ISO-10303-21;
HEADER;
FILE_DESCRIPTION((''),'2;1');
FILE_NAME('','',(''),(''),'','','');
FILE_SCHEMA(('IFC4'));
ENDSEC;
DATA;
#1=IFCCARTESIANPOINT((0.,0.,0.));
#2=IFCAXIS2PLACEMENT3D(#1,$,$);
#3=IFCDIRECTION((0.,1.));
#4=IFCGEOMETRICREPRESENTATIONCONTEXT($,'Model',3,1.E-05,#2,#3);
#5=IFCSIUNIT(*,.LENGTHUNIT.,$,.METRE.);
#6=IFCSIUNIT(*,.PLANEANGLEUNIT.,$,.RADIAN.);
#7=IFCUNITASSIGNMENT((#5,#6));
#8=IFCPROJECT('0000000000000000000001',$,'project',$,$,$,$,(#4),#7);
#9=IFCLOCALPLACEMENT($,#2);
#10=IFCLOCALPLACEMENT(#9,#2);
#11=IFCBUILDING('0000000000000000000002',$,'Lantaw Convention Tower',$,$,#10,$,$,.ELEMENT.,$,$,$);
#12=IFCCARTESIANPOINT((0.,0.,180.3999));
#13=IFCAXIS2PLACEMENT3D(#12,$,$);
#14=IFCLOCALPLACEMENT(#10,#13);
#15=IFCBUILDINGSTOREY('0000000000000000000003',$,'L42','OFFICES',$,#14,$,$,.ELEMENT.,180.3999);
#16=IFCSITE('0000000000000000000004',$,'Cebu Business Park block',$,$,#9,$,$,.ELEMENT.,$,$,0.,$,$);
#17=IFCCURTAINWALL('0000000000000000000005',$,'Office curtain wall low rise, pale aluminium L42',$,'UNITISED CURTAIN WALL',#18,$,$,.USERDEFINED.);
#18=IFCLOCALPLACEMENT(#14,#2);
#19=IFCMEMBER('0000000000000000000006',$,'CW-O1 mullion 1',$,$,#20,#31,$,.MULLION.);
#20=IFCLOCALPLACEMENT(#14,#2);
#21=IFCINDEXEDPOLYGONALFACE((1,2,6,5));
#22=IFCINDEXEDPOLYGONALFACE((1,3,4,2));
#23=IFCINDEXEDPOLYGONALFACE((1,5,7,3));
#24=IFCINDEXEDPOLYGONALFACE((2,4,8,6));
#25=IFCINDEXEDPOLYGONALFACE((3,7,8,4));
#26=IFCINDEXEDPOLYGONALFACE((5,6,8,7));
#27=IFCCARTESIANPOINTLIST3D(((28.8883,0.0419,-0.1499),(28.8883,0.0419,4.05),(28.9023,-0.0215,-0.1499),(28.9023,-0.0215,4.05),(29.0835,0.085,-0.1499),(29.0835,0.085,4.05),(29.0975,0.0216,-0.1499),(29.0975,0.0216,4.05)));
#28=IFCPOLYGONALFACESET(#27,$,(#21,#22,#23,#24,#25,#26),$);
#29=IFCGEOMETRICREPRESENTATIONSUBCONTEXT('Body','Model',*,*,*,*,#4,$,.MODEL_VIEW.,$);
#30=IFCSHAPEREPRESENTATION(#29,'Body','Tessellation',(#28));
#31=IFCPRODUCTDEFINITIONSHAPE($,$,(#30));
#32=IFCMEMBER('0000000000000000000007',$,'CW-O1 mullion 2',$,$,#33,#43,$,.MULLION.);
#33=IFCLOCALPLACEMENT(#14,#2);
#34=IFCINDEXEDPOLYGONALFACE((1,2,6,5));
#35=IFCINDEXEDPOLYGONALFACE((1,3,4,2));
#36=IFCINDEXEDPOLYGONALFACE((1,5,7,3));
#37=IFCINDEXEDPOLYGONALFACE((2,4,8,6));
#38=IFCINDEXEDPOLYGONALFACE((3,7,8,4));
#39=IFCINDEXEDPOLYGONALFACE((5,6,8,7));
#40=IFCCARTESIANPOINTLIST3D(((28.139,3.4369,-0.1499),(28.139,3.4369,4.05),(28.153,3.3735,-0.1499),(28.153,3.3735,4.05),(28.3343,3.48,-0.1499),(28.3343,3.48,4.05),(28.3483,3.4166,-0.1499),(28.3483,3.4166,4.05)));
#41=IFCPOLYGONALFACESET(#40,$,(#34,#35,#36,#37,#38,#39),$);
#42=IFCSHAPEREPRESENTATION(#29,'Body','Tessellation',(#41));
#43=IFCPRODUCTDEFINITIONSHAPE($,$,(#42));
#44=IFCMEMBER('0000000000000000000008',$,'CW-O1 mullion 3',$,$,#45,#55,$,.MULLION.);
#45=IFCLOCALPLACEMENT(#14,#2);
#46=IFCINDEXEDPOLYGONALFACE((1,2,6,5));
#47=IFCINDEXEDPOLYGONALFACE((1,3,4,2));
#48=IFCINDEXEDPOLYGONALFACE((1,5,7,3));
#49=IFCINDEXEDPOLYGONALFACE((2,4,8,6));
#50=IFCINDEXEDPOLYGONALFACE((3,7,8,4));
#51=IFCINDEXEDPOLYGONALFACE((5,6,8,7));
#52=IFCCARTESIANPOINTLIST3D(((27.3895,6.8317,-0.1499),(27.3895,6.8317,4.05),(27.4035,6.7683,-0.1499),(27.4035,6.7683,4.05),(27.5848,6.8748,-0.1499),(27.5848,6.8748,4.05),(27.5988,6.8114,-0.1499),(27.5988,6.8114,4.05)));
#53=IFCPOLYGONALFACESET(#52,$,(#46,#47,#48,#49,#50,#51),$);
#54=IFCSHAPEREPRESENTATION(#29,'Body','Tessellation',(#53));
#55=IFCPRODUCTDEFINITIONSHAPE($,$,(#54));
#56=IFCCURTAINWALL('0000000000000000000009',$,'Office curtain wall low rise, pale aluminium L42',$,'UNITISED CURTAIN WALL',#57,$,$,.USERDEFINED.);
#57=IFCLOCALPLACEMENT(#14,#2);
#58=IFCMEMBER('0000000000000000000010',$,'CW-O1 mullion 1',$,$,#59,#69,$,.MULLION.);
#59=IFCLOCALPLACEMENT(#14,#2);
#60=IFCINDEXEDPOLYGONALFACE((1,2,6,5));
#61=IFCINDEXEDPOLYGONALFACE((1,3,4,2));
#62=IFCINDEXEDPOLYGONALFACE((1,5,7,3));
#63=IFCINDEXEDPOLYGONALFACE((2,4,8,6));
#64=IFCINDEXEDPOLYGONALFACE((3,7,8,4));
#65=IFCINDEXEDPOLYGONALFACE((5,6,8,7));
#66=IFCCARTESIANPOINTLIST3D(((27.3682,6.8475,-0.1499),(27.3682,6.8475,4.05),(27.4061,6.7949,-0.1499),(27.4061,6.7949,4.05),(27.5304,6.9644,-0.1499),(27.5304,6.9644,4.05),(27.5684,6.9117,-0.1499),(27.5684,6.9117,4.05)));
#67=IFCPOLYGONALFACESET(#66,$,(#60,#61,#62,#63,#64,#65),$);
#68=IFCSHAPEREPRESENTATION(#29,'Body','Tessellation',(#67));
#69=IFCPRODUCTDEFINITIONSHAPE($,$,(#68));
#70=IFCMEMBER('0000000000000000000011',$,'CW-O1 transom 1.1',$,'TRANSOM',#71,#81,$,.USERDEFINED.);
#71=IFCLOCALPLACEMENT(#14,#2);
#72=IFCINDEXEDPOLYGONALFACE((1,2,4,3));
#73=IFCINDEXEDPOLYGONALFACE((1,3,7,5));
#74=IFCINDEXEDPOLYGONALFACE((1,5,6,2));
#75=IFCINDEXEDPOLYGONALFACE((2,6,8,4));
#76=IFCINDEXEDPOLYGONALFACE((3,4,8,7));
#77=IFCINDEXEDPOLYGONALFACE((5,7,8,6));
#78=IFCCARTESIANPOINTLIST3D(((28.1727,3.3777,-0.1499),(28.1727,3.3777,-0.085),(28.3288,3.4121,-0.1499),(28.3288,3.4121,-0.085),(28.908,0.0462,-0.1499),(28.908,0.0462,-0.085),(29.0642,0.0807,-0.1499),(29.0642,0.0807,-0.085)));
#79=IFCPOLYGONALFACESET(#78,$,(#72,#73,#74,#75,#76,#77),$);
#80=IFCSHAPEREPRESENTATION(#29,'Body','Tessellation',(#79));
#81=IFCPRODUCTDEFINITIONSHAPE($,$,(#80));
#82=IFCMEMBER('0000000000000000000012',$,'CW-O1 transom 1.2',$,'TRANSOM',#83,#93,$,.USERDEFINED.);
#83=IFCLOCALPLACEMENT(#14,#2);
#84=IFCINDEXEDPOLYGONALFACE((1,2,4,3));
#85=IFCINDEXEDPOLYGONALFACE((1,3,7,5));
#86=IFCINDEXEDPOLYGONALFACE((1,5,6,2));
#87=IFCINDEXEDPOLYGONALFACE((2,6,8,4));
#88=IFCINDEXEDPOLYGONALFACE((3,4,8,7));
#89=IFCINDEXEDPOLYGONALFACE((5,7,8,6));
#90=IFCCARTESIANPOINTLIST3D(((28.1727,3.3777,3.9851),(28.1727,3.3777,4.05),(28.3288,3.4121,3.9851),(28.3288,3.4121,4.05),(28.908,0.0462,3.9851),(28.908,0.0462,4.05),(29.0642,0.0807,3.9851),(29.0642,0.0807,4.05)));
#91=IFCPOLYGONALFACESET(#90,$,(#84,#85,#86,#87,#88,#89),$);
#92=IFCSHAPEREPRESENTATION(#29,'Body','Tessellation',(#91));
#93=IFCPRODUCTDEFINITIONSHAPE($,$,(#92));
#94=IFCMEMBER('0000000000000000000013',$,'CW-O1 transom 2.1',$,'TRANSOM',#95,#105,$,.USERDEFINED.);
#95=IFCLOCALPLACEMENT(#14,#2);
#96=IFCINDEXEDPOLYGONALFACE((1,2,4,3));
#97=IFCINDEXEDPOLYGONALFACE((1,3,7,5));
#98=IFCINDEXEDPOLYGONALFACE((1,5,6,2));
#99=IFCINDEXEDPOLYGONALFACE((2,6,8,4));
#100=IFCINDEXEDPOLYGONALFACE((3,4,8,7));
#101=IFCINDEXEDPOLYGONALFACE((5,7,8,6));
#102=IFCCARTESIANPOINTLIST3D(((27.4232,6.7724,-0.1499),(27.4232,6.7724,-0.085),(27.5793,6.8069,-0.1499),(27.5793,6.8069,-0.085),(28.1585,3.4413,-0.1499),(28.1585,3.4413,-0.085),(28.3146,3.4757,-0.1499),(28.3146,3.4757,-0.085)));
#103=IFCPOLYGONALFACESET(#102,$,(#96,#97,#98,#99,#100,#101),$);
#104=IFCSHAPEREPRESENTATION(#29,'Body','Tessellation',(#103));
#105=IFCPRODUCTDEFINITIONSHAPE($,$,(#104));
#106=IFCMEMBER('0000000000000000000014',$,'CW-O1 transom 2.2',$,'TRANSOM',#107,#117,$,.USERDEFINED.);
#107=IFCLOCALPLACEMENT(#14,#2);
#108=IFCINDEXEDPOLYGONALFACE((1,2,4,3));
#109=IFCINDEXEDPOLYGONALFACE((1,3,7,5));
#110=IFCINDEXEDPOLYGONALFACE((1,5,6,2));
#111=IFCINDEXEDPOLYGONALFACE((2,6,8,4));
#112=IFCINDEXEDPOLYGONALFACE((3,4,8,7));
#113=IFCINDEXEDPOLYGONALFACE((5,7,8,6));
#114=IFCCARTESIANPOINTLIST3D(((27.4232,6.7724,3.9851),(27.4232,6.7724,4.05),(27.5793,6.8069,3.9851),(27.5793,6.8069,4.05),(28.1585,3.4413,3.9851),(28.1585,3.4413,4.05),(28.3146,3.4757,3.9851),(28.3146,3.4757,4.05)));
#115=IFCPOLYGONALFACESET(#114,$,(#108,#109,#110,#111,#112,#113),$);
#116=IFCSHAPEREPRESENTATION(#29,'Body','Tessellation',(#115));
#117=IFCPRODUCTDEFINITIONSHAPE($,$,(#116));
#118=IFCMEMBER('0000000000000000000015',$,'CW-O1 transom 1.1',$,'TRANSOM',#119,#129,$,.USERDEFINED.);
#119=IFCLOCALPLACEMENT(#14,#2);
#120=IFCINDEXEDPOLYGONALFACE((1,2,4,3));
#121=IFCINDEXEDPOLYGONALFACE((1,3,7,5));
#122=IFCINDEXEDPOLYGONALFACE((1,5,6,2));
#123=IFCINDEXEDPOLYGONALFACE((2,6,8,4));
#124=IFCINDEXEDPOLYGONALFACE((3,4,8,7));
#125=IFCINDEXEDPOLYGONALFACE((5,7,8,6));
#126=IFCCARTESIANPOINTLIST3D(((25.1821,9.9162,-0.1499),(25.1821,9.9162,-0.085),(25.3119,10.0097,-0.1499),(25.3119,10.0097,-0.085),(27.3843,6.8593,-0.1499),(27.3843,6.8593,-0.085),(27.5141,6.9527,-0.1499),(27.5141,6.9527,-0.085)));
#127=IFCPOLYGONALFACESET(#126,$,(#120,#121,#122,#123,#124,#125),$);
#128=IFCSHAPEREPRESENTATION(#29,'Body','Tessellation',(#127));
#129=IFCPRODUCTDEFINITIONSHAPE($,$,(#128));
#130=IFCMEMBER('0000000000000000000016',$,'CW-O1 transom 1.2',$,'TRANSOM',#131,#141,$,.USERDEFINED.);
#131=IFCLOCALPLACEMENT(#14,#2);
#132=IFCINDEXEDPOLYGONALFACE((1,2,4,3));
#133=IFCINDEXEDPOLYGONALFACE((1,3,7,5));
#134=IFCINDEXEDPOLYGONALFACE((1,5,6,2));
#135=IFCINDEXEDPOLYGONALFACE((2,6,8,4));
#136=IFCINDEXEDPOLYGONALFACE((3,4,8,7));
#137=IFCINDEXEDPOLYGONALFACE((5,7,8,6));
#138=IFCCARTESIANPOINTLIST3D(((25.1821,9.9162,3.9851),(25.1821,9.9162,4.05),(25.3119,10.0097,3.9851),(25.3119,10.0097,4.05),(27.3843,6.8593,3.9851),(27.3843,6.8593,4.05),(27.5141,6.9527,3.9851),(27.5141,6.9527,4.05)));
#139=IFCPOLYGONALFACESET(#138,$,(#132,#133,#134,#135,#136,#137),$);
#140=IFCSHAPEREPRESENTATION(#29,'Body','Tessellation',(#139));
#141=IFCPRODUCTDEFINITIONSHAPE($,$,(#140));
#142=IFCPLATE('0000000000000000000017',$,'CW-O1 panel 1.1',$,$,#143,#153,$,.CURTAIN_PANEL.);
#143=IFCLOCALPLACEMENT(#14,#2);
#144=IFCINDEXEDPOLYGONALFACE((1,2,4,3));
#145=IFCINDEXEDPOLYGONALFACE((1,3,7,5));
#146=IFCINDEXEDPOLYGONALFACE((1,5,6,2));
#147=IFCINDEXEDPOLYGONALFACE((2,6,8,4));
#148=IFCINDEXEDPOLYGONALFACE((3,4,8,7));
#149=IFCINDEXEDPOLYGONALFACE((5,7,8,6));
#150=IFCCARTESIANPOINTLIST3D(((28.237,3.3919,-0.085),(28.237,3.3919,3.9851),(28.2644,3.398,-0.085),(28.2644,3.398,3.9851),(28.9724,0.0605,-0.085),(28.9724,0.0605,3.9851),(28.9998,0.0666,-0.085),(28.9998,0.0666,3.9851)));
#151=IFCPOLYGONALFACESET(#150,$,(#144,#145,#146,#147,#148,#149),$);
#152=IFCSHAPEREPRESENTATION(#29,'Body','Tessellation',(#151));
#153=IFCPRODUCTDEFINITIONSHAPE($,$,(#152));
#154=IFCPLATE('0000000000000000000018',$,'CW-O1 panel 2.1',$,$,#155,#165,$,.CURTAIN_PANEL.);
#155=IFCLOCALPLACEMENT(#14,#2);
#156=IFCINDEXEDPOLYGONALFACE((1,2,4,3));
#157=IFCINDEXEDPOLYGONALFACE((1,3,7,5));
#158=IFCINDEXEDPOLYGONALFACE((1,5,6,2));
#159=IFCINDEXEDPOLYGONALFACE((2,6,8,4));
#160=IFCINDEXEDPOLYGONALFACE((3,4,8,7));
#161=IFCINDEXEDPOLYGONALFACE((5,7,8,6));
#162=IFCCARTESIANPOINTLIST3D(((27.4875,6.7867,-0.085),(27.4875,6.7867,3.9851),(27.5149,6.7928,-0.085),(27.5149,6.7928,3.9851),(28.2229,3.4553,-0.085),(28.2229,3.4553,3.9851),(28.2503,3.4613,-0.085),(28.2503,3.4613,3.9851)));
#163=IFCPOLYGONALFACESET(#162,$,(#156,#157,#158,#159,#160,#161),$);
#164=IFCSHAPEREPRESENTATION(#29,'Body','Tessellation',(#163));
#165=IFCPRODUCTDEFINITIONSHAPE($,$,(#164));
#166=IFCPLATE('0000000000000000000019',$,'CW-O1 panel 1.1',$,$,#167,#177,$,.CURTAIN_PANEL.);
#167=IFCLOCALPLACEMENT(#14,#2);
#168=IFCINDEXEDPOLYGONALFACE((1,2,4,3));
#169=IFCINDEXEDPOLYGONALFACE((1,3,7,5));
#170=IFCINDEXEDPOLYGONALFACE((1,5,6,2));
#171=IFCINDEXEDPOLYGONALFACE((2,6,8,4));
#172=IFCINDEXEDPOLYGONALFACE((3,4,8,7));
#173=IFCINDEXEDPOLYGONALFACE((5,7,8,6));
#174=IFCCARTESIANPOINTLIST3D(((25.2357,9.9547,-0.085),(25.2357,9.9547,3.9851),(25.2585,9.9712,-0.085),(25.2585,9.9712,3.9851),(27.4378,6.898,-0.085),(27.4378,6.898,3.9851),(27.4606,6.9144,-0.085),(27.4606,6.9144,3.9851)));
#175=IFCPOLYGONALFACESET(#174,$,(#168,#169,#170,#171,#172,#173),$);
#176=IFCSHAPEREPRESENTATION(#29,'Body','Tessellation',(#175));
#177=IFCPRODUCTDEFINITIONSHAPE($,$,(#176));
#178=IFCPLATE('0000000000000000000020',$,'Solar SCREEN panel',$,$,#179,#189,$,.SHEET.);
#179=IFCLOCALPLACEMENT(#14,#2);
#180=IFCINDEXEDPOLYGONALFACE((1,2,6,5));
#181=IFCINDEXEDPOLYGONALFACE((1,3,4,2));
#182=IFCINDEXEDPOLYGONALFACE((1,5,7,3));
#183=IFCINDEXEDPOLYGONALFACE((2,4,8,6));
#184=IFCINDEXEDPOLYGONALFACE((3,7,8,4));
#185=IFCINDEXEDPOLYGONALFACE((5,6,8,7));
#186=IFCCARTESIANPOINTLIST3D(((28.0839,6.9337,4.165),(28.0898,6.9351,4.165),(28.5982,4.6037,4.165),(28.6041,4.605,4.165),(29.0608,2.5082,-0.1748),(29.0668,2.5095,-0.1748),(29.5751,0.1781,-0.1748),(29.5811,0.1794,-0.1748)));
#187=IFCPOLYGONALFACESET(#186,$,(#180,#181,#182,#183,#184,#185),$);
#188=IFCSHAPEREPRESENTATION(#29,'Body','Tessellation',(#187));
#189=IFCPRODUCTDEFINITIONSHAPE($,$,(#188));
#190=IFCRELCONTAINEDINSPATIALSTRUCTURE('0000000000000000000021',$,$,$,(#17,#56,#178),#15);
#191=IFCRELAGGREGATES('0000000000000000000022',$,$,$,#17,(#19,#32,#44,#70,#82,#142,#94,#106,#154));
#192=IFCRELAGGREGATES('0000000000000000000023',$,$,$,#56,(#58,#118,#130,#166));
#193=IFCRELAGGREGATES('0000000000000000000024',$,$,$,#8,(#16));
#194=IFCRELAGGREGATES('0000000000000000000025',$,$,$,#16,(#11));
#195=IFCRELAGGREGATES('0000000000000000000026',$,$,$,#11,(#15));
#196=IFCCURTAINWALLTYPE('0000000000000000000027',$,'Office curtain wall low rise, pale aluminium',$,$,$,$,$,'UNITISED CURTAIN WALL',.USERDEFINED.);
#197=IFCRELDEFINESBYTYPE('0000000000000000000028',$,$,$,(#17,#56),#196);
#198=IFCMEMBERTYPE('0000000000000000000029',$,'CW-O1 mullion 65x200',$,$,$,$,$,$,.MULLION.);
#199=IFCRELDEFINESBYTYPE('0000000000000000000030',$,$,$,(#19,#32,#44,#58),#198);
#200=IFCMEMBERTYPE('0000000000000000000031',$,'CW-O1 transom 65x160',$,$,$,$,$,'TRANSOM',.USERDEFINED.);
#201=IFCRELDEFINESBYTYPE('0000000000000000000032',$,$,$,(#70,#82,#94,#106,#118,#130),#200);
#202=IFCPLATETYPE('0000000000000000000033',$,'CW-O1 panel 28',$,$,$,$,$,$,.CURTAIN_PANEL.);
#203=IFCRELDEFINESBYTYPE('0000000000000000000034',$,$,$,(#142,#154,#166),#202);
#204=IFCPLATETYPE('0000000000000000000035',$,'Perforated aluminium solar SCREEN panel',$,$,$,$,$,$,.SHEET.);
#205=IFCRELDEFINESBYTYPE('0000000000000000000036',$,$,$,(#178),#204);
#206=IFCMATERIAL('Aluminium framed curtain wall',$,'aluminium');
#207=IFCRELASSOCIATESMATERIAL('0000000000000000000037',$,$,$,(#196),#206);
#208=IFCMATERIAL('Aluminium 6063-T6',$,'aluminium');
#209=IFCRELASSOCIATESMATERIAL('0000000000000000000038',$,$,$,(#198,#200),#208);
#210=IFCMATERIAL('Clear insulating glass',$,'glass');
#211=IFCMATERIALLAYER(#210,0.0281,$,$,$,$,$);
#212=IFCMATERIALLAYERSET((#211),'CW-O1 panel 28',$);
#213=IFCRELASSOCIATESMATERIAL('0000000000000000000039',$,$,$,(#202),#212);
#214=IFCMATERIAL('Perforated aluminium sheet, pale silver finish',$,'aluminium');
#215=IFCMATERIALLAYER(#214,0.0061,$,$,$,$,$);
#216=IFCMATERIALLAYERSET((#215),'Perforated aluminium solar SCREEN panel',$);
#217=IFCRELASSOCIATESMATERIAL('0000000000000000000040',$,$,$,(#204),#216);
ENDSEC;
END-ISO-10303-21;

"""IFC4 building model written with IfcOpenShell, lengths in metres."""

from ifc_helpers import new_model, si_unit, direction, frame, origin, origin_2d, place, context, subcontext, project, spatial, polyline, rectangle, outline, extrude, material, layer, layer_set, material_profile, profile_set, type_object, element, aggregate, save


model = new_model("IFC4")

# Units and contexts
model_context = context("Model", 3, precision=1e-05, world=origin(), true_north=direction((0.0, 1.0)))
body_context = subcontext(model_context, "Body", "Model", "MODEL_VIEW")
ifc_project = project(units=[si_unit("LENGTHUNIT", "METRE"), si_unit("PLANEANGLEUNIT", "RADIAN")], contexts=[model_context])

# Site, building, storey
site_placement = place(None, origin())
site = spatial("IfcSite", under=ifc_project, at=site_placement, Name="Cebu Business Park block", CompositionType="ELEMENT", RefElevation=0.0)
building_placement = place(site_placement, origin())
building = spatial("IfcBuilding", under=site, at=building_placement, Name="Lantaw Convention Tower", CompositionType="ELEMENT")
storey_placement = place(building_placement, frame((0.0, 0.0, 180.3999)))
storey = spatial("IfcBuildingStorey", under=building, at=storey_placement, Name="L42", Description="OFFICES", CompositionType="ELEMENT", Elevation=180.3999)

# Curtain wall, members
ifc_material_1 = material(Name="Aluminium framed curtain wall", Category="aluminium")
curtain_wall_type = type_object("IfcCurtainWallType", Name="Office curtain wall low rise, pale aluminium", ElementType="UNITISED CURTAIN WALL", PredefinedType="USERDEFINED", material=ifc_material_1)
curtain_wall_1_placement = place(storey_placement, origin())
curtain_wall_1 = element("IfcCurtainWall", 1, at=curtain_wall_1_placement, inside=storey, type_object=curtain_wall_type, Name="Office curtain wall low rise, pale aluminium L42", ObjectType="UNITISED CURTAIN WALL", PredefinedType="USERDEFINED")
ifc_material_2 = material(Name="Aluminium 6063-T6", Category="aluminium")
ifc_material_profile_1 = material_profile(ifc_material_2, rectangle(XDim=0.2, YDim=0.0649, at=origin_2d()), Name="CW-O1 mullion 65x200")
ifc_profile_set_1 = profile_set([ifc_material_profile_1], Name="Aluminium 6063-T6")
member_type_1 = type_object("IfcMemberType", Name="CW-O1 mullion 65x200", PredefinedType="MULLION", material=ifc_profile_set_1)
member_1_placement = place(storey_placement, frame((28.9929, 0.0317, -0.1499), z_axis=(0.0, 0.0, 1.0), x_axis=(-0.976494, -0.215546, 0.0)))
member_1 = element("IfcMember", 2, at=member_1_placement, type_object=member_type_1, Name="CW-O1 mullion 1", PredefinedType="MULLION", context=body_context, shape_type="SweptSolid", body=[
    extrude(rectangle(XDim=0.2, YDim=0.0649, at=origin_2d()), origin(), (0.0, 0.0, 1.0), 4.2),
])
member_2_placement = place(storey_placement, frame((28.2437, 3.4268, -0.1499), z_axis=(0.0, 0.0, 1.0), x_axis=(-0.976494, -0.215546, 0.0)))
member_2 = element("IfcMember", 3, at=member_2_placement, type_object=member_type_1, Name="CW-O1 mullion 2", PredefinedType="MULLION", context=body_context, shape_type="SweptSolid", body=[
    extrude(rectangle(XDim=0.2, YDim=0.0649, at=origin_2d()), origin(), (0.0, 0.0, 1.0), 4.2),
])
member_3_placement = place(storey_placement, frame((27.4941, 6.8215, -0.1499), z_axis=(0.0, 0.0, 1.0), x_axis=(-0.976494, -0.215546, 0.0)))
member_3 = element("IfcMember", 4, at=member_3_placement, type_object=member_type_1, Name="CW-O1 mullion 3", PredefinedType="MULLION", context=body_context, shape_type="SweptSolid", body=[
    extrude(rectangle(XDim=0.2, YDim=0.0649, at=origin_2d()), origin(), (0.0, 0.0, 1.0), 4.2),
])

# Curtain wall, member
curtain_wall_2_placement = place(storey_placement, origin())
curtain_wall_2 = element("IfcCurtainWall", 5, at=curtain_wall_2_placement, inside=storey, type_object=curtain_wall_type, Name="Office curtain wall low rise, pale aluminium L42", ObjectType="UNITISED CURTAIN WALL", PredefinedType="USERDEFINED")
member_4_placement = place(storey_placement, frame((27.4683, 6.8796, -0.1499), z_axis=(0.0, 0.0, 1.0), x_axis=(-0.811385, -0.584513, 0.0)))
member_4 = element("IfcMember", 6, at=member_4_placement, type_object=member_type_1, Name="CW-O1 mullion 1", PredefinedType="MULLION", context=body_context, shape_type="SweptSolid", body=[
    extrude(rectangle(XDim=0.2, YDim=0.0649, at=origin_2d()), origin(), (0.0, 0.0, 1.0), 4.2),
])

# Members
ifc_material_profile_2 = material_profile(ifc_material_2, rectangle(XDim=0.1599, YDim=0.0649, at=origin_2d()), Name="CW-O1 transom 65x160")
ifc_profile_set_2 = profile_set([ifc_material_profile_2], Name="Aluminium 6063-T6")
member_type_2 = type_object("IfcMemberType", Name="CW-O1 transom 65x160", ElementType="TRANSOM", PredefinedType="USERDEFINED", material=ifc_profile_set_2)
member_5_placement = place(storey_placement, frame((28.9861, 0.0635, -0.1174), z_axis=(-0.215536, 0.976496, 0.0), x_axis=(-0.976496, -0.215536, 0.0)))
member_5 = element("IfcMember", 7, at=member_5_placement, type_object=member_type_2, Name="CW-O1 transom 1.1", ObjectType="TRANSOM", PredefinedType="USERDEFINED", context=body_context, shape_type="SweptSolid", body=[
    extrude(rectangle(XDim=0.1599, YDim=0.0649, at=origin_2d()), origin(), (0.0, 0.0, 1.0), 3.4116),
])
member_6_placement = place(storey_placement, frame((28.9861, 0.0635, 4.0176), z_axis=(-0.215536, 0.976496, 0.0), x_axis=(-0.976496, -0.215536, 0.0)))
member_6 = element("IfcMember", 8, at=member_6_placement, type_object=member_type_2, Name="CW-O1 transom 1.2", ObjectType="TRANSOM", PredefinedType="USERDEFINED", context=body_context, shape_type="SweptSolid", body=[
    extrude(rectangle(XDim=0.1599, YDim=0.0649, at=origin_2d()), origin(), (0.0, 0.0, 1.0), 3.4116),
])
member_7_placement = place(storey_placement, frame((28.2366, 3.4585, -0.1174), z_axis=(-0.215551, 0.976493, 0.0), x_axis=(-0.976493, -0.215551, 0.0)))
member_7 = element("IfcMember", 9, at=member_7_placement, type_object=member_type_2, Name="CW-O1 transom 2.1", ObjectType="TRANSOM", PredefinedType="USERDEFINED", context=body_context, shape_type="SweptSolid", body=[
    extrude(rectangle(XDim=0.1599, YDim=0.0649, at=origin_2d()), origin(), (0.0, 0.0, 1.0), 3.4114),
])
member_8_placement = place(storey_placement, frame((28.2366, 3.4585, 4.0176), z_axis=(-0.215551, 0.976493, 0.0), x_axis=(-0.976493, -0.215551, 0.0)))
member_8 = element("IfcMember", 10, at=member_8_placement, type_object=member_type_2, Name="CW-O1 transom 2.2", ObjectType="TRANSOM", PredefinedType="USERDEFINED", context=body_context, shape_type="SweptSolid", body=[
    extrude(rectangle(XDim=0.1599, YDim=0.0649, at=origin_2d()), origin(), (0.0, 0.0, 1.0), 3.4114),
])
member_9_placement = place(storey_placement, frame((27.4492, 6.906, -0.1174), z_axis=(-0.584513, 0.811384, 0.0), x_axis=(-0.811384, -0.584513, 0.0)))
member_9 = element("IfcMember", 11, at=member_9_placement, type_object=member_type_2, Name="CW-O1 transom 1.1", ObjectType="TRANSOM", PredefinedType="USERDEFINED", context=body_context, shape_type="SweptSolid", body=[
    extrude(rectangle(XDim=0.1599, YDim=0.0649, at=origin_2d()), origin(), (0.0, 0.0, 1.0), 3.7676),
])
member_10_placement = place(storey_placement, frame((27.4492, 6.906, 4.0176), z_axis=(-0.584513, 0.811384, 0.0), x_axis=(-0.811384, -0.584513, 0.0)))
member_10 = element("IfcMember", 12, at=member_10_placement, type_object=member_type_2, Name="CW-O1 transom 1.2", ObjectType="TRANSOM", PredefinedType="USERDEFINED", context=body_context, shape_type="SweptSolid", body=[
    extrude(rectangle(XDim=0.1599, YDim=0.0649, at=origin_2d()), origin(), (0.0, 0.0, 1.0), 3.7676),
])

# Plates
ifc_material_3 = material(Name="Clear insulating glass", Category="glass")
ifc_layer_1 = layer(ifc_material_3, 0.0281)
ifc_layer_set_1 = layer_set([ifc_layer_1], Name="CW-O1 panel 28")
plate_type_1 = type_object("IfcPlateType", Name="CW-O1 panel 28", PredefinedType="CURTAIN_PANEL", material=ifc_layer_set_1)
plate_1_placement = place(storey_placement, frame((28.6184, 1.7292, -0.085), z_axis=(0.0, 0.0, 1.0), x_axis=(-0.215546, 0.976494, 0.0)))
plate_1 = element("IfcPlate", 13, at=plate_1_placement, type_object=plate_type_1, Name="CW-O1 panel 1.1", PredefinedType="CURTAIN_PANEL", context=body_context, shape_type="SweptSolid", body=[
    extrude(rectangle(XDim=3.4116, YDim=0.0281, at=origin_2d()), origin(), (0.0, 0.0, 1.0), 4.0701),
])
plate_2_placement = place(storey_placement, frame((27.8689, 5.124, -0.085), z_axis=(0.0, 0.0, 1.0), x_axis=(-0.215546, 0.976494, 0.0)))
plate_2 = element("IfcPlate", 14, at=plate_2_placement, type_object=plate_type_1, Name="CW-O1 panel 2.1", PredefinedType="CURTAIN_PANEL", context=body_context, shape_type="SweptSolid", body=[
    extrude(rectangle(XDim=3.4116, YDim=0.0281, at=origin_2d()), origin(), (0.0, 0.0, 1.0), 4.0701),
])
aggregate(curtain_wall_1, [member_1, member_2, member_3, member_5, member_6, plate_1, member_7, member_8, plate_2])
plate_3_placement = place(storey_placement, frame((26.3481, 8.4346, -0.085), z_axis=(0.0, 0.0, 1.0), x_axis=(-0.584513, 0.811385, 0.0)))
plate_3 = element("IfcPlate", 15, at=plate_3_placement, type_object=plate_type_1, Name="CW-O1 panel 1.1", PredefinedType="CURTAIN_PANEL", context=body_context, shape_type="SweptSolid", body=[
    extrude(rectangle(XDim=3.7673, YDim=0.0281, at=origin_2d()), origin(), (0.0, 0.0, 1.0), 4.0701),
])
aggregate(curtain_wall_2, [member_4, member_9, member_10, plate_3])

# Plate
ifc_material_4 = material(Name="Perforated aluminium sheet, pale silver finish", Category="aluminium")
ifc_layer_2 = layer(ifc_material_4, 0.0061)
ifc_layer_set_2 = layer_set([ifc_layer_2], Name="Perforated aluminium solar SCREEN panel")
plate_type_2 = type_object("IfcPlateType", Name="Perforated aluminium solar SCREEN panel", PredefinedType="SHEET", material=ifc_layer_set_2)
plate_4_placement = place(storey_placement, frame((29.5811, 0.1794, -0.1748), z_axis=(0.976498, 0.215527, 0.000033), x_axis=(-0.215527, 0.976498, 0.0)))
element("IfcPlate", 16, at=plate_4_placement, inside=storey, type_object=plate_type_2, Name="Solar SCREEN panel", PredefinedType="SHEET", context=body_context, shape_type="SweptSolid", body=[
    extrude(outline(polyline([(0.0, 0.0), (2.3862, 0.0), (6.9182, 4.3398), (4.5321, 4.3398), (0.0, 0.0)])), origin(), (0.0, 0.0, -1.0), 0.0061),
])

save(model, "model.ifc")
